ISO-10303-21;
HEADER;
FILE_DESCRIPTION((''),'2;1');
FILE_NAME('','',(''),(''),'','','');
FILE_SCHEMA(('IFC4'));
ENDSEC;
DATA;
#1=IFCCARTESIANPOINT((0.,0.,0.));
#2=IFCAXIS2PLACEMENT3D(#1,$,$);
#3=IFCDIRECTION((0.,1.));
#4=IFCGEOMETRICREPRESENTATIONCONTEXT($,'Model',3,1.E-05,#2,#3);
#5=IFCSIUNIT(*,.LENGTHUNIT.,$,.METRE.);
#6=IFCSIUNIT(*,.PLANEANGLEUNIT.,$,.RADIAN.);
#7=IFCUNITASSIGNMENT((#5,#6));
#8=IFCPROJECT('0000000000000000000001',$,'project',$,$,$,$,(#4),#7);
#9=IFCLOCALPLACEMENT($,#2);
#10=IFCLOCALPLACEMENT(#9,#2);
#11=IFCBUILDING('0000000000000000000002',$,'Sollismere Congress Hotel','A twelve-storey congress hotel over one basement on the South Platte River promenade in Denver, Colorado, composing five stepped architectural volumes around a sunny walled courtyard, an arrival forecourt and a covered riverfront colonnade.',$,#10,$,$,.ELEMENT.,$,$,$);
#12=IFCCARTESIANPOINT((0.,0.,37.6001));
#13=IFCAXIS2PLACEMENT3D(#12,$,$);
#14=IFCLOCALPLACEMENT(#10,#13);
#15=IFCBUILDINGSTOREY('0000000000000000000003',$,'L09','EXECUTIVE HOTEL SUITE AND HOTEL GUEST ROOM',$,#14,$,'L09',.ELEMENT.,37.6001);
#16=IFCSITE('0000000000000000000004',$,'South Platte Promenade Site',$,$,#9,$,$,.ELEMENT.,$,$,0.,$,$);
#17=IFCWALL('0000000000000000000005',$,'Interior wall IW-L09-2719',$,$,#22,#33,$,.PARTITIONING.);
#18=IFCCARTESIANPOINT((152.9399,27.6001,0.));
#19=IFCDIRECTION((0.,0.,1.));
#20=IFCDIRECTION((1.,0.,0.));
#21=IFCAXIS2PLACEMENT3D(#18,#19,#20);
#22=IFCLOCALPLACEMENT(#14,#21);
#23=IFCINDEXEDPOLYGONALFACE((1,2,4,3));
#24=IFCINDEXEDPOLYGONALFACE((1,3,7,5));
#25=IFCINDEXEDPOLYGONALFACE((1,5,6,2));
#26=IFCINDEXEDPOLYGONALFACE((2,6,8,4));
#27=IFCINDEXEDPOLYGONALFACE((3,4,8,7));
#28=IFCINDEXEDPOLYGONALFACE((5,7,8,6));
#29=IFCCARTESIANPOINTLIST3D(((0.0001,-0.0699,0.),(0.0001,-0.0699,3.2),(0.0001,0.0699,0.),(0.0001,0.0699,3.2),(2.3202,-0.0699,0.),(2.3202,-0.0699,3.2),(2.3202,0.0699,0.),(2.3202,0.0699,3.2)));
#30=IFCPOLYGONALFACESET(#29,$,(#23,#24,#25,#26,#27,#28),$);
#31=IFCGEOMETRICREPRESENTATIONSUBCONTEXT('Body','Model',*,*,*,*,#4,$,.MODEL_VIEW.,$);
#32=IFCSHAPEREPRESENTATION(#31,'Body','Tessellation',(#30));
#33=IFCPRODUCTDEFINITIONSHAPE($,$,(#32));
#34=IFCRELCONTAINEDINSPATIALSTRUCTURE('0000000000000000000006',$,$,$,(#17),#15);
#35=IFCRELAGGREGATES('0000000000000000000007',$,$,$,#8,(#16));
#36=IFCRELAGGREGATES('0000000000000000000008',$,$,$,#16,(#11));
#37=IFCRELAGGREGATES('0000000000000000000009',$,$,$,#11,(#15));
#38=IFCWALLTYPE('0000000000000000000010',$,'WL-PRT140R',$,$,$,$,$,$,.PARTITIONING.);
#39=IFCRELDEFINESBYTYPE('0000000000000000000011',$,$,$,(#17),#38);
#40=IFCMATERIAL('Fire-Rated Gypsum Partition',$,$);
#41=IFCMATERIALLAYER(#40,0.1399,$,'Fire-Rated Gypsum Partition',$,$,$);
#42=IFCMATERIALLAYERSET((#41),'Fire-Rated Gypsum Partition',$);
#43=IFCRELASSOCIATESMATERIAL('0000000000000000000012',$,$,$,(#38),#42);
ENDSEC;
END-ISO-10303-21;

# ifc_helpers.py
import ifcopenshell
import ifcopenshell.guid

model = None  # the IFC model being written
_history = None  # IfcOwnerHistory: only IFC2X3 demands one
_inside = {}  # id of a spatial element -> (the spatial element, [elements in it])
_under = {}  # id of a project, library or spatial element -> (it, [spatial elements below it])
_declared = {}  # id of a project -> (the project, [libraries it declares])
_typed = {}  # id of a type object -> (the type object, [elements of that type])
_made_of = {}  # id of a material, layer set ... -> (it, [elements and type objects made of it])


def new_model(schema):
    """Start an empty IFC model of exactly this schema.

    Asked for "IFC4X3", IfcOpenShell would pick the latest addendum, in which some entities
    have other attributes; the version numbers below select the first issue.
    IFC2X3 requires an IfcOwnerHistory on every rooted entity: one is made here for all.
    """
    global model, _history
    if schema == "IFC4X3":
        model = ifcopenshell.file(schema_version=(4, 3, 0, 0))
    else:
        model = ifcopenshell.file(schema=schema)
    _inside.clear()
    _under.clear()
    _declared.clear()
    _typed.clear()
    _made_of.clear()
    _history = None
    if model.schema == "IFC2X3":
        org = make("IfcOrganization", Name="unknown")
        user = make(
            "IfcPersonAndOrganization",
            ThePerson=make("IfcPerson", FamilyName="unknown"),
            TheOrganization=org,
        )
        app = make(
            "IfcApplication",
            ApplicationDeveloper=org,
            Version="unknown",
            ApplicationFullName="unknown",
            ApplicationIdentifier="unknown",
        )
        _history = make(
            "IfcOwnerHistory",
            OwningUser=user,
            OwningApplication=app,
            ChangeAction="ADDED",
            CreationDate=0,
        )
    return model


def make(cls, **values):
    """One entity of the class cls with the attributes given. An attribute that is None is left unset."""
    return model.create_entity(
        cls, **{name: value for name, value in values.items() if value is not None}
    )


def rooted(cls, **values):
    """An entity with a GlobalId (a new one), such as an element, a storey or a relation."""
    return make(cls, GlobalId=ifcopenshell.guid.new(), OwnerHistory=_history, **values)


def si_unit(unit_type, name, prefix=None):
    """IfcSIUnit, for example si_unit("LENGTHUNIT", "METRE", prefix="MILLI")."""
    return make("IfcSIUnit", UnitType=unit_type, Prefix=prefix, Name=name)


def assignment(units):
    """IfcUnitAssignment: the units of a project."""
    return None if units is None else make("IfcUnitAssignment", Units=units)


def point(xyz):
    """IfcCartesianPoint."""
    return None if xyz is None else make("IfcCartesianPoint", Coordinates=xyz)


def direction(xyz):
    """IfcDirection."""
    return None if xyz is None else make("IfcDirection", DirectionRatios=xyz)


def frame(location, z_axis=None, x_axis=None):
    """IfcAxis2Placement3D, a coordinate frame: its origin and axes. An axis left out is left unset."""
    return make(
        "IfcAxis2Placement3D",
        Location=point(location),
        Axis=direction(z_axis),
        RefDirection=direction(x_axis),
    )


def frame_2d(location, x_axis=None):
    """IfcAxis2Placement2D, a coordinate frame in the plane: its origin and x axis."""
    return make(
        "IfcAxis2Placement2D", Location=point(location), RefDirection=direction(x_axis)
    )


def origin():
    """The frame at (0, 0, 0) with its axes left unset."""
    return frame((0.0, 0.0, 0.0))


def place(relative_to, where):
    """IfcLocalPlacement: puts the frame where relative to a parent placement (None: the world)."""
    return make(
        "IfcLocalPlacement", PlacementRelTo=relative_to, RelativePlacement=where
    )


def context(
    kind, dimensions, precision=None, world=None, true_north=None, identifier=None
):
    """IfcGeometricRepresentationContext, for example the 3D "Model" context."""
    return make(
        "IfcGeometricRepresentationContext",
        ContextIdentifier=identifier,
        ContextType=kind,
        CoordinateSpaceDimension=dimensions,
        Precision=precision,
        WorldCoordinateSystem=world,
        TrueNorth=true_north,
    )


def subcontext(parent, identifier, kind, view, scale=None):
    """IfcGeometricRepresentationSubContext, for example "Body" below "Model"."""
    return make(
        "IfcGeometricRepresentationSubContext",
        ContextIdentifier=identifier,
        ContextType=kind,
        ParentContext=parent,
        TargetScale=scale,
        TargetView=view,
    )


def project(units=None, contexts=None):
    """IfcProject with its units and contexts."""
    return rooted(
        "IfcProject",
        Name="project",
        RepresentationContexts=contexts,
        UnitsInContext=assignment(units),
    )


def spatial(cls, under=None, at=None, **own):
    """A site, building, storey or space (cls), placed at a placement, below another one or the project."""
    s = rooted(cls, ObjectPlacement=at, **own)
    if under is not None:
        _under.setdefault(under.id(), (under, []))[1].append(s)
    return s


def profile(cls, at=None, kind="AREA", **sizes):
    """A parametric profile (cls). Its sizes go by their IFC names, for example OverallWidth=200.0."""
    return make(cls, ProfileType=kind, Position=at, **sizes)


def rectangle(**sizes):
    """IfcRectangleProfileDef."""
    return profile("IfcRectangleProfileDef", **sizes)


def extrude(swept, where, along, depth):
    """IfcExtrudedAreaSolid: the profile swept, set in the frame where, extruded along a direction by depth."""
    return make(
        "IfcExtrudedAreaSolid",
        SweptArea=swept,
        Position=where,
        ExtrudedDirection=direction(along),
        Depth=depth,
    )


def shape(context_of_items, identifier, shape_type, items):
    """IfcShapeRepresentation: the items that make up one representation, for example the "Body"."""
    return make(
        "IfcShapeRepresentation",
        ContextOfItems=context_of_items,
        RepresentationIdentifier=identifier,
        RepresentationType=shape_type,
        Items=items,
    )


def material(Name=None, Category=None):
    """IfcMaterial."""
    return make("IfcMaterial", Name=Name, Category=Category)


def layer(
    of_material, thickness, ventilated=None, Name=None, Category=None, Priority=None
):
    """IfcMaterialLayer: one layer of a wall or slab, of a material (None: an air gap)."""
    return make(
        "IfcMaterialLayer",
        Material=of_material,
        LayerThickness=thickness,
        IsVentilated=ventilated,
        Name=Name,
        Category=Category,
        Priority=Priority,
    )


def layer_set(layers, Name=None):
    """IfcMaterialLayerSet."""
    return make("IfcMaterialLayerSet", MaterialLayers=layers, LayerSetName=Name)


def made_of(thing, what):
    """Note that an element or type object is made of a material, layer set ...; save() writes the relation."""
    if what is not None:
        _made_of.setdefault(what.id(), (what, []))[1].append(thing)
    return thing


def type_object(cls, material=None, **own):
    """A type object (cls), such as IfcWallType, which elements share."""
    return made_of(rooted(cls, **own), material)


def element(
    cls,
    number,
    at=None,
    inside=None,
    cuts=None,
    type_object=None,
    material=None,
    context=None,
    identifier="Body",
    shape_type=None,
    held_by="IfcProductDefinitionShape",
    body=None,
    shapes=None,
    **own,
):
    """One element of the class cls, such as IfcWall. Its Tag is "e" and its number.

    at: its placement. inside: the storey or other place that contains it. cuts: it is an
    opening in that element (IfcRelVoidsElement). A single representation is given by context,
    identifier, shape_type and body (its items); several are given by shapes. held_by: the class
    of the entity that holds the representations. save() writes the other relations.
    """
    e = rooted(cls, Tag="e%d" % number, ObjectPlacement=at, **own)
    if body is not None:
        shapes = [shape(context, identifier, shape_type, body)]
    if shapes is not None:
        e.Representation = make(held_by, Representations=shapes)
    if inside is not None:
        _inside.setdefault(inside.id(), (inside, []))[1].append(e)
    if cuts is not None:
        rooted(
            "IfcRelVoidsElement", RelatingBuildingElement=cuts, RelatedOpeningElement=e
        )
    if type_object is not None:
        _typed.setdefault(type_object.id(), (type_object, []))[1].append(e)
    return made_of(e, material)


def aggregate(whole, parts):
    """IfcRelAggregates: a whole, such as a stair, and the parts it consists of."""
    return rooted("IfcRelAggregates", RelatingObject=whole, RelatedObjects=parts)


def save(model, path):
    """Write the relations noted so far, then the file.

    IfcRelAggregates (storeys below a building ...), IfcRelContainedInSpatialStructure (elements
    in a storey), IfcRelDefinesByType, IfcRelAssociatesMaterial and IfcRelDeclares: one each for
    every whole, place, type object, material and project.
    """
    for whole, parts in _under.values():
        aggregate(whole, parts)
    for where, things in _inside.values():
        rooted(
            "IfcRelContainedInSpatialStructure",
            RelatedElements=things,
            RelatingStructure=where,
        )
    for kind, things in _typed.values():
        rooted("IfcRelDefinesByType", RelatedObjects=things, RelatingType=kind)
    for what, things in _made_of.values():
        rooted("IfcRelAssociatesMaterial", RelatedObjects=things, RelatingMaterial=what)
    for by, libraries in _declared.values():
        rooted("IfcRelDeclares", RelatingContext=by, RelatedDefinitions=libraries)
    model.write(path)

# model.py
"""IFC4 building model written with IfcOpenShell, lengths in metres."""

from ifc_helpers import new_model, si_unit, direction, frame, frame_2d, origin, place, context, subcontext, project, spatial, rectangle, extrude, material, layer, layer_set, type_object, element, save


model = new_model("IFC4")

# Units and contexts
model_context = context("Model", 3, precision=1e-05, world=origin(), true_north=direction((0.0, 1.0)))
body_context = subcontext(model_context, "Body", "Model", "MODEL_VIEW")
ifc_project = project(units=[si_unit("LENGTHUNIT", "METRE"), si_unit("PLANEANGLEUNIT", "RADIAN")], contexts=[model_context])

# Site, building, storey
site_placement = place(None, origin())
site = spatial("IfcSite", under=ifc_project, at=site_placement, Name="South Platte Promenade Site", CompositionType="ELEMENT", RefElevation=0.0)
building_placement = place(site_placement, origin())
building = spatial("IfcBuilding", under=site, at=building_placement, Name="Sollismere Congress Hotel", Description="A twelve-storey congress hotel over one basement on the South Platte River promenade in Denver, Colorado, composing five stepped architectural volumes around a sunny walled courtyard, an arrival forecourt and a covered riverfront colonnade.", CompositionType="ELEMENT")
storey_placement = place(building_placement, frame((0.0, 0.0, 37.6001)))
storey = spatial("IfcBuildingStorey", under=building, at=storey_placement, Name="L09", Description="EXECUTIVE HOTEL SUITE AND HOTEL GUEST ROOM", LongName="L09", CompositionType="ELEMENT", Elevation=37.6001)

# Shared definitions
ifc_material_1 = material(Name="Fire-Rated Gypsum Partition")
ifc_layer_1 = layer(ifc_material_1, 0.1399, Name="Fire-Rated Gypsum Partition")
ifc_layer_set_1 = layer_set([ifc_layer_1], Name="Fire-Rated Gypsum Partition")
wall_type_1 = type_object("IfcWallType", Name="WL-PRT140R", PredefinedType="PARTITIONING", material=ifc_layer_set_1)

# Wall
wall_1_placement = place(storey_placement, frame((152.9399, 27.6001, 0.0), z_axis=(0.0, 0.0, 1.0), x_axis=(1.0, 0.0, 0.0)))
element("IfcWall", 1, at=wall_1_placement, inside=storey, type_object=wall_type_1, Name="Interior wall IW-L09-2719", PredefinedType="PARTITIONING", context=body_context, shape_type="SweptSolid", body=[
    extrude(rectangle(XDim=2.3201, YDim=0.1399, at=frame_2d((1.1602, 0.0))), origin(), (0.0, 0.0, 1.0), 3.2),
])

save(model, "model.ifc")
